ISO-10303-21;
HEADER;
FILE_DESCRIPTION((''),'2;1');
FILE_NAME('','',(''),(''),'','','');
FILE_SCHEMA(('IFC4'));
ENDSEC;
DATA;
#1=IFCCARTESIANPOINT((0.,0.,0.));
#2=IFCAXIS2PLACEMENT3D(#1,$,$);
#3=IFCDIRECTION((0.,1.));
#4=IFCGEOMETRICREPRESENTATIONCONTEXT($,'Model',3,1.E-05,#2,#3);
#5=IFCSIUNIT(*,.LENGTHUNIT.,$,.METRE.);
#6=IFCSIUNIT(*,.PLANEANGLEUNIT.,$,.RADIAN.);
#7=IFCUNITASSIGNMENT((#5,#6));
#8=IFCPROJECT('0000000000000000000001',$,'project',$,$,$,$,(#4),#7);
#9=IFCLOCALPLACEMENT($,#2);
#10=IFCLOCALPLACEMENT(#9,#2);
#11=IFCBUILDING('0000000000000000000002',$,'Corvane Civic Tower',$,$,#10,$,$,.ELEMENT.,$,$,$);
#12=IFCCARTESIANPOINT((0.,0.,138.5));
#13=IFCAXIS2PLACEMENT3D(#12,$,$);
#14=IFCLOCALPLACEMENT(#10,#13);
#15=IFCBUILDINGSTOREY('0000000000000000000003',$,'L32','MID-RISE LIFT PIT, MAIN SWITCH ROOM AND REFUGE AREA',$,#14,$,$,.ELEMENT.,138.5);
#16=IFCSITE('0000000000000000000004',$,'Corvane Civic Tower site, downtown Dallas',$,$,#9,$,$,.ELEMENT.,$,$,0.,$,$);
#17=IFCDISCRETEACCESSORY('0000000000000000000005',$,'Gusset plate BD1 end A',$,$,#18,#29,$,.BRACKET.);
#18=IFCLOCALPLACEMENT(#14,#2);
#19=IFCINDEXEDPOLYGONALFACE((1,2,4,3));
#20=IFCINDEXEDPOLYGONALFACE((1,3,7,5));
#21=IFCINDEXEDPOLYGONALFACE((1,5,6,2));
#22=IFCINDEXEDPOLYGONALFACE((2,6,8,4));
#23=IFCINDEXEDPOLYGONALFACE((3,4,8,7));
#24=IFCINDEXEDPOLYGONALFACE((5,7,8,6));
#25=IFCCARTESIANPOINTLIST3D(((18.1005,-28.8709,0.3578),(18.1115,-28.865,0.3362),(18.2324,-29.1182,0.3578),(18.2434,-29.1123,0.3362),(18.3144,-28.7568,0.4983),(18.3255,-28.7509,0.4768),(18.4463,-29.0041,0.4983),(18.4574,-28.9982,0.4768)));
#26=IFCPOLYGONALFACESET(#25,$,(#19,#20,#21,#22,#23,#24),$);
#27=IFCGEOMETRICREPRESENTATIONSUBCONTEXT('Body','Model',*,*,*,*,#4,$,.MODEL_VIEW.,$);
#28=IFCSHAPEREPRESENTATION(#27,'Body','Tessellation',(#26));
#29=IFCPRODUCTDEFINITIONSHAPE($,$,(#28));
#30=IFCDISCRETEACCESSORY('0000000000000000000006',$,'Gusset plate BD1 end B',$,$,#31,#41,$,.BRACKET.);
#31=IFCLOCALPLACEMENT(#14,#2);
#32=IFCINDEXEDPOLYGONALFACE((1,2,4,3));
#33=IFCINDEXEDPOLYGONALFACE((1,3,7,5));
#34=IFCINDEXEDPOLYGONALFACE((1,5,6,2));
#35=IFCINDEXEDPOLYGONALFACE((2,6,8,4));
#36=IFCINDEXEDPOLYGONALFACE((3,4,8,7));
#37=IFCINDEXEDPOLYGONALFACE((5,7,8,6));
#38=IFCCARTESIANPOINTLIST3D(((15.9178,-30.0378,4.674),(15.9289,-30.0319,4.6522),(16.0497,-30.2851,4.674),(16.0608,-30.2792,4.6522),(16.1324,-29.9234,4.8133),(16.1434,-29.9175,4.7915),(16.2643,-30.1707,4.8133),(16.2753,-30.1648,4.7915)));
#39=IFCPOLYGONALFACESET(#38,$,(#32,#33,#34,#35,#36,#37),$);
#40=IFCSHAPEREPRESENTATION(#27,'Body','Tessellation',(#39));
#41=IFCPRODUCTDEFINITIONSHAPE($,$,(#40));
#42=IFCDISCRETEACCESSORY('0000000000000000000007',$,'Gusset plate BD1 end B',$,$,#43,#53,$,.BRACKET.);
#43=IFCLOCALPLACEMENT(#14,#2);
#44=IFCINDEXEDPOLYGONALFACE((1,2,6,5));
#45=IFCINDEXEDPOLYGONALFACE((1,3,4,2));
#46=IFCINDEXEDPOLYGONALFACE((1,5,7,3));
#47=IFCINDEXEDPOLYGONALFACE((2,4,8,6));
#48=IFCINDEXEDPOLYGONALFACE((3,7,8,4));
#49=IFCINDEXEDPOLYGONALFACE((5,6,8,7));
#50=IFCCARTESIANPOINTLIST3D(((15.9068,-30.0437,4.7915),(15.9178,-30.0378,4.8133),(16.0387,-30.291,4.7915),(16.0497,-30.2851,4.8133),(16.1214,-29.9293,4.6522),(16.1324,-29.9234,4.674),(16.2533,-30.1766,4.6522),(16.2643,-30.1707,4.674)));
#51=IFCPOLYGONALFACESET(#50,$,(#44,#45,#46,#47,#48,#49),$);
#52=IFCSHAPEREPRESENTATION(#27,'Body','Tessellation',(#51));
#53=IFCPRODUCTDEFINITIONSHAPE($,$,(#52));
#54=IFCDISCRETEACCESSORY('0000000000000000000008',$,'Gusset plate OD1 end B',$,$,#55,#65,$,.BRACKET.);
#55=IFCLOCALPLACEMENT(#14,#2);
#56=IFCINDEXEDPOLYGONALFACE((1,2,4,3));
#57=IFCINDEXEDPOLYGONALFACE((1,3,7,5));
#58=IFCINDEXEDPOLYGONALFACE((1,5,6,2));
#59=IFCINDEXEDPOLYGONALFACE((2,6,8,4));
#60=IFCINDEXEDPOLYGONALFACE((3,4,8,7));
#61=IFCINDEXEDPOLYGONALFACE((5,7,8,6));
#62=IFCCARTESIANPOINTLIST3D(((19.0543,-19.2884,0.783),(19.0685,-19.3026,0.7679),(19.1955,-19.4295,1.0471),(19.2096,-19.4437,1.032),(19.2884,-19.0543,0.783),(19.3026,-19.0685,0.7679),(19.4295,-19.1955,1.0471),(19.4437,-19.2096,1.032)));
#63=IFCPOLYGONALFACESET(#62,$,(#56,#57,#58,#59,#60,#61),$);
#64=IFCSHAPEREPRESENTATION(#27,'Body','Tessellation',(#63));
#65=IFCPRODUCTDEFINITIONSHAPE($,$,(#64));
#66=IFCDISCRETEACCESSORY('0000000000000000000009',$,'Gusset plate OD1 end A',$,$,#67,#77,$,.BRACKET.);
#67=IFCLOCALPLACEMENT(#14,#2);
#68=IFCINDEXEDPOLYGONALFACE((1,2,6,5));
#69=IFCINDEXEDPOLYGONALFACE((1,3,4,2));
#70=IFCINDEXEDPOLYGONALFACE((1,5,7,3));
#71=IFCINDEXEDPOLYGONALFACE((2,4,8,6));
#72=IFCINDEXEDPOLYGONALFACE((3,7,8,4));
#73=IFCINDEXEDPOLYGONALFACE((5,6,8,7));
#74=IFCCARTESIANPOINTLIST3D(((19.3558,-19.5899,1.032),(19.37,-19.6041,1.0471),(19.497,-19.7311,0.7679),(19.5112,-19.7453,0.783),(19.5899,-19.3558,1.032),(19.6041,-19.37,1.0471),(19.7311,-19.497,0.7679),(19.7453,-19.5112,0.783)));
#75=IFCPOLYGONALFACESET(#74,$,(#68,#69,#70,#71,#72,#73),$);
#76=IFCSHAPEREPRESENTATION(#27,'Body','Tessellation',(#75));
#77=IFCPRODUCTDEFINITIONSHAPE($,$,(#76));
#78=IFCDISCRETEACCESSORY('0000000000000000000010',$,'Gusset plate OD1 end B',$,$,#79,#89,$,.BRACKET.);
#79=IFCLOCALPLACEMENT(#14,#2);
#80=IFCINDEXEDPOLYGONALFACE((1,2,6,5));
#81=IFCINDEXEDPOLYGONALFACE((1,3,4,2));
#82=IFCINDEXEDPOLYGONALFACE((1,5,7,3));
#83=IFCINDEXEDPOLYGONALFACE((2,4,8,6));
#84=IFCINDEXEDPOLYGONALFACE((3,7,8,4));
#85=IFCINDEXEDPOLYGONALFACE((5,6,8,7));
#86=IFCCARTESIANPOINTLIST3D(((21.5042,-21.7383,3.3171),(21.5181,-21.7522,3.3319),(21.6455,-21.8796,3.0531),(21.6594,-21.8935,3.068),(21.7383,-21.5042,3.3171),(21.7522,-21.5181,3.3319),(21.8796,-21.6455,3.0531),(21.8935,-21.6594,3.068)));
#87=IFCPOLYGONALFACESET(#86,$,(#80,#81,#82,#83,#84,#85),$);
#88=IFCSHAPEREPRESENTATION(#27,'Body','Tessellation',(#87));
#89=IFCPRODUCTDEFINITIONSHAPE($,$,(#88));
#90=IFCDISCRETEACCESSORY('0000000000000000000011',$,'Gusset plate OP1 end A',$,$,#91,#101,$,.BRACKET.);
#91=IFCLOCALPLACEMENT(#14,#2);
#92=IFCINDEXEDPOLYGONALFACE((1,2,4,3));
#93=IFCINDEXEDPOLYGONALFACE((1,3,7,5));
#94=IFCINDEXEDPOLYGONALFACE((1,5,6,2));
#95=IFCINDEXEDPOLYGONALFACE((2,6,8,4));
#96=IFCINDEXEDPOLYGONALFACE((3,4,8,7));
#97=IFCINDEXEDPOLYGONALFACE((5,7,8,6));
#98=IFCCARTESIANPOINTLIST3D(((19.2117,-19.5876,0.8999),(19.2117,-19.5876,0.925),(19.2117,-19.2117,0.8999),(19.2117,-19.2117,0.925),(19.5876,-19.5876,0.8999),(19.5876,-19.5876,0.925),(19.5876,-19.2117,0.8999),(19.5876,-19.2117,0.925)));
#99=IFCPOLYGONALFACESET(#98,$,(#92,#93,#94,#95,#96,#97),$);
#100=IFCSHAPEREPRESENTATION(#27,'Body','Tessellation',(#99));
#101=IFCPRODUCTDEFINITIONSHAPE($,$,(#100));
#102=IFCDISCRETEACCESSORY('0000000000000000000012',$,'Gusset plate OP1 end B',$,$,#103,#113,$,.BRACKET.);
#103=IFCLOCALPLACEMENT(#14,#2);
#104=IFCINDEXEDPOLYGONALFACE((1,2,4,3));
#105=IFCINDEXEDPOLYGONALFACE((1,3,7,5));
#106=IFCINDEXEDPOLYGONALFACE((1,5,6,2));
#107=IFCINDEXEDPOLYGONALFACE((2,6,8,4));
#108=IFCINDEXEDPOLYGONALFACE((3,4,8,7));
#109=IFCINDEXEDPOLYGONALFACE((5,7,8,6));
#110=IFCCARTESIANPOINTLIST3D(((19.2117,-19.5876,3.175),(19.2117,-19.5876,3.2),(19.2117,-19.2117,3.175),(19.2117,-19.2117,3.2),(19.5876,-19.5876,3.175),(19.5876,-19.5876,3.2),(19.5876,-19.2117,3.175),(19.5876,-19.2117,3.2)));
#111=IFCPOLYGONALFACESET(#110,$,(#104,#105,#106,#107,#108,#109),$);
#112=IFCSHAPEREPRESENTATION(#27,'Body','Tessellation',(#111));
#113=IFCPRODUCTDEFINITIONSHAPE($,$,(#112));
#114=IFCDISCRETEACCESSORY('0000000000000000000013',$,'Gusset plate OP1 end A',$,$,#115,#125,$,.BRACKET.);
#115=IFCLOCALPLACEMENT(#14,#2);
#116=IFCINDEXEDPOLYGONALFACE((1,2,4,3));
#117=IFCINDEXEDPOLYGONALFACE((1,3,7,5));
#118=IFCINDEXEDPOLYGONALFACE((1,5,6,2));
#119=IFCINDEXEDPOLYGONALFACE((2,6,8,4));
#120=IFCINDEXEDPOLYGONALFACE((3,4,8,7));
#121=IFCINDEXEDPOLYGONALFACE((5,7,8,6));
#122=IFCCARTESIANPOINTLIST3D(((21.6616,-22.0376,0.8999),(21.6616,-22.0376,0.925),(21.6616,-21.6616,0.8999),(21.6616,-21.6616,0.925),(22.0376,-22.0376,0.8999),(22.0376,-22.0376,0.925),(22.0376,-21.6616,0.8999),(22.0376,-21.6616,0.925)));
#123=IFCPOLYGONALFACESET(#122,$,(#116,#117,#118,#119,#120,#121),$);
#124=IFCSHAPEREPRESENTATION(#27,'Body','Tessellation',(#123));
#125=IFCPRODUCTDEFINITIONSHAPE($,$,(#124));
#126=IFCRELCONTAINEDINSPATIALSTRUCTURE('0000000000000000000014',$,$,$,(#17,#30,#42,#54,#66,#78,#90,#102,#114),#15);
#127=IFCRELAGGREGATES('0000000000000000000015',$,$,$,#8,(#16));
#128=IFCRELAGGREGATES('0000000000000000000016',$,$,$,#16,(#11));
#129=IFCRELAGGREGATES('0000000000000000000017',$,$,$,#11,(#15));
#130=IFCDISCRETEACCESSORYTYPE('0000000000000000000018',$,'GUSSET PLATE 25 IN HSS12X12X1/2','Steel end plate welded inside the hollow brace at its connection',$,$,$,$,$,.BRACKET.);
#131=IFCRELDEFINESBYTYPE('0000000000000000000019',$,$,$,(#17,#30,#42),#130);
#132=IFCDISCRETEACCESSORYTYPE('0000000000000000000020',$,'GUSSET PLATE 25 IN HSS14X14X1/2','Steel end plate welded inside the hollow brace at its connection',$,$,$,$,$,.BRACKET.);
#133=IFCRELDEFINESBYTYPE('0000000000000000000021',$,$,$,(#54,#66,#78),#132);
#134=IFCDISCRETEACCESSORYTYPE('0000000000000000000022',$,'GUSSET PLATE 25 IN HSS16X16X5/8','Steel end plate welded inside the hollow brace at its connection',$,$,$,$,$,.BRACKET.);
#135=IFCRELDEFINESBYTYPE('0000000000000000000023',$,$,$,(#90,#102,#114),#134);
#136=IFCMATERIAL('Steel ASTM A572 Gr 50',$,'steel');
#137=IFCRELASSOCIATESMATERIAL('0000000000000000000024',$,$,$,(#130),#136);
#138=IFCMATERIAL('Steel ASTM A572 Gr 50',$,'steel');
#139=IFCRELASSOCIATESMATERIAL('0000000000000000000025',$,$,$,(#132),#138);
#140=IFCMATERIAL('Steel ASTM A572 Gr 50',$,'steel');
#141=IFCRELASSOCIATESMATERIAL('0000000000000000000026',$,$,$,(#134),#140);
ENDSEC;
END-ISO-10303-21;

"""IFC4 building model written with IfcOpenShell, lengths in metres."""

from ifc_helpers import new_model, si_unit, direction, frame, origin, origin_2d, place, context, subcontext, project, spatial, rectangle, extrude, material, material_profile, profile_set, type_object, element, save


model = new_model("IFC4")

# Units and contexts
model_context = context("Model", 3, precision=1e-05, world=origin(), true_north=direction((0.0, 1.0)))
body_context = subcontext(model_context, "Body", "Model", "MODEL_VIEW")
ifc_project = project(units=[si_unit("LENGTHUNIT", "METRE"), si_unit("PLANEANGLEUNIT", "RADIAN")], contexts=[model_context])

# Site, building, storey
site_placement = place(None, origin())
site = spatial("IfcSite", under=ifc_project, at=site_placement, Name="Corvane Civic Tower site, downtown Dallas", CompositionType="ELEMENT", RefElevation=0.0)
building_placement = place(site_placement, origin())
building = spatial("IfcBuilding", under=site, at=building_placement, Name="Corvane Civic Tower", CompositionType="ELEMENT")
storey_placement = place(building_placement, frame((0.0, 0.0, 138.5)))
storey = spatial("IfcBuildingStorey", under=building, at=storey_placement, Name="L32", Description="MID-RISE LIFT PIT, MAIN SWITCH ROOM AND REFUGE AREA", CompositionType="ELEMENT", Elevation=138.5)

# Discrete accessories
ifc_material_1 = material(Name="Steel ASTM A572 Gr 50", Category="steel")
ifc_material_profile_1 = material_profile(ifc_material_1, rectangle(XDim=0.2803, YDim=0.2803, at=origin_2d()), Name="GUSSET PLATE 25 IN HSS12X12X1/2")
ifc_profile_set_1 = profile_set([ifc_material_profile_1], Name="Steel ASTM A572 Gr 50")
discrete_accessory_type_1 = type_object("IfcDiscreteAccessoryType", Name="GUSSET PLATE 25 IN HSS12X12X1/2", Description="Steel end plate welded inside the hollow brace at its connection", PredefinedType="BRACKET", material=ifc_profile_set_1)
discrete_accessory_1_placement = place(storey_placement, frame((18.2844, -28.9316, 0.4065), z_axis=(-0.442433, -0.235964, 0.865202), x_axis=(0.470588, -0.882353, 0.0)))
element("IfcDiscreteAccessory", 1, at=discrete_accessory_1_placement, inside=storey, type_object=discrete_accessory_type_1, Name="Gusset plate BD1 end A", PredefinedType="BRACKET", context=body_context, shape_type="SweptSolid", body=[
    extrude(rectangle(XDim=0.2803, YDim=0.2803, at=origin_2d()), origin(), (0.0, 0.0, 1.0), 0.0249),
])
for number, where, z_axis, x_axis, name in (
    (2, (16.0911, -30.1042, 4.7437), (0.438696, 0.233971, -0.867643), (-0.470588, 0.882353, 0.0), "Gusset plate BD1 end B"),
    (3, (16.0911, -30.1042, 4.7437), (-0.438696, -0.233971, -0.867643), (0.470588, -0.882353, 0.0), "Gusset plate BD1 end B"),
):
    element("IfcDiscreteAccessory", number, at=place(storey_placement, frame(where, z_axis=z_axis, x_axis=x_axis)), inside=storey, type_object=discrete_accessory_type_1, Name=name, PredefinedType="BRACKET", context=body_context, shape_type="SweptSolid", body=[
        extrude(rectangle(XDim=0.2803, YDim=0.2803, at=origin_2d()), origin(), (0.0, 0.0, 1.0), 0.0251),
    ])
ifc_material_2 = material(Name="Steel ASTM A572 Gr 50", Category="steel")
ifc_material_profile_2 = material_profile(ifc_material_2, rectangle(XDim=0.3311, YDim=0.3311, at=origin_2d()), Name="GUSSET PLATE 25 IN HSS14X14X1/2")
ifc_profile_set_2 = profile_set([ifc_material_profile_2], Name="Steel ASTM A572 Gr 50")
discrete_accessory_type_2 = type_object("IfcDiscreteAccessoryType", Name="GUSSET PLATE 25 IN HSS14X14X1/2", Description="Steel end plate welded inside the hollow brace at its connection", PredefinedType="BRACKET", material=ifc_profile_set_2)
for number, where, z_axis, x_axis, name in (
    (4, (19.2561, -19.2561, 0.8999), (-0.564091, 0.564091, 0.602994), (-0.707107, -0.707107, 0.0), "Gusset plate OD1 end B"),
    (5, (19.5435, -19.5435, 0.8999), (0.564091, -0.564091, 0.602994), (0.707107, 0.707107, 0.0), "Gusset plate OD1 end A"),
):
    element("IfcDiscreteAccessory", number, at=place(storey_placement, frame(where, z_axis=z_axis, x_axis=x_axis)), inside=storey, type_object=discrete_accessory_type_2, Name=name, PredefinedType="BRACKET", context=body_context, shape_type="SweptSolid", body=[
        extrude(rectangle(XDim=0.3311, YDim=0.3311, at=origin_2d()), origin(), (0.0, 0.0, 1.0), 0.0251),
    ])
discrete_accessory_2_placement = place(storey_placement, frame((21.7058, -21.7058, 3.2), z_axis=(-0.563859, 0.563859, -0.603428), x_axis=(-0.707107, -0.707107, 0.0)))
element("IfcDiscreteAccessory", 6, at=discrete_accessory_2_placement, inside=storey, type_object=discrete_accessory_type_2, Name="Gusset plate OD1 end B", PredefinedType="BRACKET", context=body_context, shape_type="SweptSolid", body=[
    extrude(rectangle(XDim=0.3311, YDim=0.3311, at=origin_2d()), origin(), (0.0, 0.0, 1.0), 0.0247),
])
ifc_material_3 = material(Name="Steel ASTM A572 Gr 50", Category="steel")
ifc_material_profile_3 = material_profile(ifc_material_3, rectangle(XDim=0.376, YDim=0.376, at=origin_2d()), Name="GUSSET PLATE 25 IN HSS16X16X5/8")
ifc_profile_set_3 = profile_set([ifc_material_profile_3], Name="Steel ASTM A572 Gr 50")
discrete_accessory_type_3 = type_object("IfcDiscreteAccessoryType", Name="GUSSET PLATE 25 IN HSS16X16X5/8", Description="Steel end plate welded inside the hollow brace at its connection", PredefinedType="BRACKET", material=ifc_profile_set_3)
discrete_accessory_3_placement = place(storey_placement, frame((19.3997, -19.3997, 0.8999), z_axis=(0.0, 0.0, 1.0), x_axis=(1.0, 0.0, 0.0)))
element("IfcDiscreteAccessory", 7, at=discrete_accessory_3_placement, inside=storey, type_object=discrete_accessory_type_3, Name="Gusset plate OP1 end A", PredefinedType="BRACKET", context=body_context, shape_type="SweptSolid", body=[
    extrude(rectangle(XDim=0.376, YDim=0.376, at=origin_2d()), origin(), (0.0, 0.0, 1.0), 0.0251),
])
discrete_accessory_4_placement = place(storey_placement, frame((19.3997, -19.3997, 3.2), z_axis=(0.0, 0.0, -1.0), x_axis=(1.0, 0.0, 0.0)))
element("IfcDiscreteAccessory", 8, at=discrete_accessory_4_placement, inside=storey, type_object=discrete_accessory_type_3, Name="Gusset plate OP1 end B", PredefinedType="BRACKET", context=body_context, shape_type="SweptSolid", body=[
    extrude(rectangle(XDim=0.376, YDim=0.376, at=origin_2d()), origin(), (0.0, 0.0, 1.0), 0.0249),
])
discrete_accessory_5_placement = place(storey_placement, frame((21.8496, -21.8496, 0.8999), z_axis=(0.0, 0.0, 1.0), x_axis=(1.0, 0.0, 0.0)))
element("IfcDiscreteAccessory", 9, at=discrete_accessory_5_placement, inside=storey, type_object=discrete_accessory_type_3, Name="Gusset plate OP1 end A", PredefinedType="BRACKET", context=body_context, shape_type="SweptSolid", body=[
    extrude(rectangle(XDim=0.376, YDim=0.376, at=origin_2d()), origin(), (0.0, 0.0, 1.0), 0.0251),
])

save(model, "model.ifc")
